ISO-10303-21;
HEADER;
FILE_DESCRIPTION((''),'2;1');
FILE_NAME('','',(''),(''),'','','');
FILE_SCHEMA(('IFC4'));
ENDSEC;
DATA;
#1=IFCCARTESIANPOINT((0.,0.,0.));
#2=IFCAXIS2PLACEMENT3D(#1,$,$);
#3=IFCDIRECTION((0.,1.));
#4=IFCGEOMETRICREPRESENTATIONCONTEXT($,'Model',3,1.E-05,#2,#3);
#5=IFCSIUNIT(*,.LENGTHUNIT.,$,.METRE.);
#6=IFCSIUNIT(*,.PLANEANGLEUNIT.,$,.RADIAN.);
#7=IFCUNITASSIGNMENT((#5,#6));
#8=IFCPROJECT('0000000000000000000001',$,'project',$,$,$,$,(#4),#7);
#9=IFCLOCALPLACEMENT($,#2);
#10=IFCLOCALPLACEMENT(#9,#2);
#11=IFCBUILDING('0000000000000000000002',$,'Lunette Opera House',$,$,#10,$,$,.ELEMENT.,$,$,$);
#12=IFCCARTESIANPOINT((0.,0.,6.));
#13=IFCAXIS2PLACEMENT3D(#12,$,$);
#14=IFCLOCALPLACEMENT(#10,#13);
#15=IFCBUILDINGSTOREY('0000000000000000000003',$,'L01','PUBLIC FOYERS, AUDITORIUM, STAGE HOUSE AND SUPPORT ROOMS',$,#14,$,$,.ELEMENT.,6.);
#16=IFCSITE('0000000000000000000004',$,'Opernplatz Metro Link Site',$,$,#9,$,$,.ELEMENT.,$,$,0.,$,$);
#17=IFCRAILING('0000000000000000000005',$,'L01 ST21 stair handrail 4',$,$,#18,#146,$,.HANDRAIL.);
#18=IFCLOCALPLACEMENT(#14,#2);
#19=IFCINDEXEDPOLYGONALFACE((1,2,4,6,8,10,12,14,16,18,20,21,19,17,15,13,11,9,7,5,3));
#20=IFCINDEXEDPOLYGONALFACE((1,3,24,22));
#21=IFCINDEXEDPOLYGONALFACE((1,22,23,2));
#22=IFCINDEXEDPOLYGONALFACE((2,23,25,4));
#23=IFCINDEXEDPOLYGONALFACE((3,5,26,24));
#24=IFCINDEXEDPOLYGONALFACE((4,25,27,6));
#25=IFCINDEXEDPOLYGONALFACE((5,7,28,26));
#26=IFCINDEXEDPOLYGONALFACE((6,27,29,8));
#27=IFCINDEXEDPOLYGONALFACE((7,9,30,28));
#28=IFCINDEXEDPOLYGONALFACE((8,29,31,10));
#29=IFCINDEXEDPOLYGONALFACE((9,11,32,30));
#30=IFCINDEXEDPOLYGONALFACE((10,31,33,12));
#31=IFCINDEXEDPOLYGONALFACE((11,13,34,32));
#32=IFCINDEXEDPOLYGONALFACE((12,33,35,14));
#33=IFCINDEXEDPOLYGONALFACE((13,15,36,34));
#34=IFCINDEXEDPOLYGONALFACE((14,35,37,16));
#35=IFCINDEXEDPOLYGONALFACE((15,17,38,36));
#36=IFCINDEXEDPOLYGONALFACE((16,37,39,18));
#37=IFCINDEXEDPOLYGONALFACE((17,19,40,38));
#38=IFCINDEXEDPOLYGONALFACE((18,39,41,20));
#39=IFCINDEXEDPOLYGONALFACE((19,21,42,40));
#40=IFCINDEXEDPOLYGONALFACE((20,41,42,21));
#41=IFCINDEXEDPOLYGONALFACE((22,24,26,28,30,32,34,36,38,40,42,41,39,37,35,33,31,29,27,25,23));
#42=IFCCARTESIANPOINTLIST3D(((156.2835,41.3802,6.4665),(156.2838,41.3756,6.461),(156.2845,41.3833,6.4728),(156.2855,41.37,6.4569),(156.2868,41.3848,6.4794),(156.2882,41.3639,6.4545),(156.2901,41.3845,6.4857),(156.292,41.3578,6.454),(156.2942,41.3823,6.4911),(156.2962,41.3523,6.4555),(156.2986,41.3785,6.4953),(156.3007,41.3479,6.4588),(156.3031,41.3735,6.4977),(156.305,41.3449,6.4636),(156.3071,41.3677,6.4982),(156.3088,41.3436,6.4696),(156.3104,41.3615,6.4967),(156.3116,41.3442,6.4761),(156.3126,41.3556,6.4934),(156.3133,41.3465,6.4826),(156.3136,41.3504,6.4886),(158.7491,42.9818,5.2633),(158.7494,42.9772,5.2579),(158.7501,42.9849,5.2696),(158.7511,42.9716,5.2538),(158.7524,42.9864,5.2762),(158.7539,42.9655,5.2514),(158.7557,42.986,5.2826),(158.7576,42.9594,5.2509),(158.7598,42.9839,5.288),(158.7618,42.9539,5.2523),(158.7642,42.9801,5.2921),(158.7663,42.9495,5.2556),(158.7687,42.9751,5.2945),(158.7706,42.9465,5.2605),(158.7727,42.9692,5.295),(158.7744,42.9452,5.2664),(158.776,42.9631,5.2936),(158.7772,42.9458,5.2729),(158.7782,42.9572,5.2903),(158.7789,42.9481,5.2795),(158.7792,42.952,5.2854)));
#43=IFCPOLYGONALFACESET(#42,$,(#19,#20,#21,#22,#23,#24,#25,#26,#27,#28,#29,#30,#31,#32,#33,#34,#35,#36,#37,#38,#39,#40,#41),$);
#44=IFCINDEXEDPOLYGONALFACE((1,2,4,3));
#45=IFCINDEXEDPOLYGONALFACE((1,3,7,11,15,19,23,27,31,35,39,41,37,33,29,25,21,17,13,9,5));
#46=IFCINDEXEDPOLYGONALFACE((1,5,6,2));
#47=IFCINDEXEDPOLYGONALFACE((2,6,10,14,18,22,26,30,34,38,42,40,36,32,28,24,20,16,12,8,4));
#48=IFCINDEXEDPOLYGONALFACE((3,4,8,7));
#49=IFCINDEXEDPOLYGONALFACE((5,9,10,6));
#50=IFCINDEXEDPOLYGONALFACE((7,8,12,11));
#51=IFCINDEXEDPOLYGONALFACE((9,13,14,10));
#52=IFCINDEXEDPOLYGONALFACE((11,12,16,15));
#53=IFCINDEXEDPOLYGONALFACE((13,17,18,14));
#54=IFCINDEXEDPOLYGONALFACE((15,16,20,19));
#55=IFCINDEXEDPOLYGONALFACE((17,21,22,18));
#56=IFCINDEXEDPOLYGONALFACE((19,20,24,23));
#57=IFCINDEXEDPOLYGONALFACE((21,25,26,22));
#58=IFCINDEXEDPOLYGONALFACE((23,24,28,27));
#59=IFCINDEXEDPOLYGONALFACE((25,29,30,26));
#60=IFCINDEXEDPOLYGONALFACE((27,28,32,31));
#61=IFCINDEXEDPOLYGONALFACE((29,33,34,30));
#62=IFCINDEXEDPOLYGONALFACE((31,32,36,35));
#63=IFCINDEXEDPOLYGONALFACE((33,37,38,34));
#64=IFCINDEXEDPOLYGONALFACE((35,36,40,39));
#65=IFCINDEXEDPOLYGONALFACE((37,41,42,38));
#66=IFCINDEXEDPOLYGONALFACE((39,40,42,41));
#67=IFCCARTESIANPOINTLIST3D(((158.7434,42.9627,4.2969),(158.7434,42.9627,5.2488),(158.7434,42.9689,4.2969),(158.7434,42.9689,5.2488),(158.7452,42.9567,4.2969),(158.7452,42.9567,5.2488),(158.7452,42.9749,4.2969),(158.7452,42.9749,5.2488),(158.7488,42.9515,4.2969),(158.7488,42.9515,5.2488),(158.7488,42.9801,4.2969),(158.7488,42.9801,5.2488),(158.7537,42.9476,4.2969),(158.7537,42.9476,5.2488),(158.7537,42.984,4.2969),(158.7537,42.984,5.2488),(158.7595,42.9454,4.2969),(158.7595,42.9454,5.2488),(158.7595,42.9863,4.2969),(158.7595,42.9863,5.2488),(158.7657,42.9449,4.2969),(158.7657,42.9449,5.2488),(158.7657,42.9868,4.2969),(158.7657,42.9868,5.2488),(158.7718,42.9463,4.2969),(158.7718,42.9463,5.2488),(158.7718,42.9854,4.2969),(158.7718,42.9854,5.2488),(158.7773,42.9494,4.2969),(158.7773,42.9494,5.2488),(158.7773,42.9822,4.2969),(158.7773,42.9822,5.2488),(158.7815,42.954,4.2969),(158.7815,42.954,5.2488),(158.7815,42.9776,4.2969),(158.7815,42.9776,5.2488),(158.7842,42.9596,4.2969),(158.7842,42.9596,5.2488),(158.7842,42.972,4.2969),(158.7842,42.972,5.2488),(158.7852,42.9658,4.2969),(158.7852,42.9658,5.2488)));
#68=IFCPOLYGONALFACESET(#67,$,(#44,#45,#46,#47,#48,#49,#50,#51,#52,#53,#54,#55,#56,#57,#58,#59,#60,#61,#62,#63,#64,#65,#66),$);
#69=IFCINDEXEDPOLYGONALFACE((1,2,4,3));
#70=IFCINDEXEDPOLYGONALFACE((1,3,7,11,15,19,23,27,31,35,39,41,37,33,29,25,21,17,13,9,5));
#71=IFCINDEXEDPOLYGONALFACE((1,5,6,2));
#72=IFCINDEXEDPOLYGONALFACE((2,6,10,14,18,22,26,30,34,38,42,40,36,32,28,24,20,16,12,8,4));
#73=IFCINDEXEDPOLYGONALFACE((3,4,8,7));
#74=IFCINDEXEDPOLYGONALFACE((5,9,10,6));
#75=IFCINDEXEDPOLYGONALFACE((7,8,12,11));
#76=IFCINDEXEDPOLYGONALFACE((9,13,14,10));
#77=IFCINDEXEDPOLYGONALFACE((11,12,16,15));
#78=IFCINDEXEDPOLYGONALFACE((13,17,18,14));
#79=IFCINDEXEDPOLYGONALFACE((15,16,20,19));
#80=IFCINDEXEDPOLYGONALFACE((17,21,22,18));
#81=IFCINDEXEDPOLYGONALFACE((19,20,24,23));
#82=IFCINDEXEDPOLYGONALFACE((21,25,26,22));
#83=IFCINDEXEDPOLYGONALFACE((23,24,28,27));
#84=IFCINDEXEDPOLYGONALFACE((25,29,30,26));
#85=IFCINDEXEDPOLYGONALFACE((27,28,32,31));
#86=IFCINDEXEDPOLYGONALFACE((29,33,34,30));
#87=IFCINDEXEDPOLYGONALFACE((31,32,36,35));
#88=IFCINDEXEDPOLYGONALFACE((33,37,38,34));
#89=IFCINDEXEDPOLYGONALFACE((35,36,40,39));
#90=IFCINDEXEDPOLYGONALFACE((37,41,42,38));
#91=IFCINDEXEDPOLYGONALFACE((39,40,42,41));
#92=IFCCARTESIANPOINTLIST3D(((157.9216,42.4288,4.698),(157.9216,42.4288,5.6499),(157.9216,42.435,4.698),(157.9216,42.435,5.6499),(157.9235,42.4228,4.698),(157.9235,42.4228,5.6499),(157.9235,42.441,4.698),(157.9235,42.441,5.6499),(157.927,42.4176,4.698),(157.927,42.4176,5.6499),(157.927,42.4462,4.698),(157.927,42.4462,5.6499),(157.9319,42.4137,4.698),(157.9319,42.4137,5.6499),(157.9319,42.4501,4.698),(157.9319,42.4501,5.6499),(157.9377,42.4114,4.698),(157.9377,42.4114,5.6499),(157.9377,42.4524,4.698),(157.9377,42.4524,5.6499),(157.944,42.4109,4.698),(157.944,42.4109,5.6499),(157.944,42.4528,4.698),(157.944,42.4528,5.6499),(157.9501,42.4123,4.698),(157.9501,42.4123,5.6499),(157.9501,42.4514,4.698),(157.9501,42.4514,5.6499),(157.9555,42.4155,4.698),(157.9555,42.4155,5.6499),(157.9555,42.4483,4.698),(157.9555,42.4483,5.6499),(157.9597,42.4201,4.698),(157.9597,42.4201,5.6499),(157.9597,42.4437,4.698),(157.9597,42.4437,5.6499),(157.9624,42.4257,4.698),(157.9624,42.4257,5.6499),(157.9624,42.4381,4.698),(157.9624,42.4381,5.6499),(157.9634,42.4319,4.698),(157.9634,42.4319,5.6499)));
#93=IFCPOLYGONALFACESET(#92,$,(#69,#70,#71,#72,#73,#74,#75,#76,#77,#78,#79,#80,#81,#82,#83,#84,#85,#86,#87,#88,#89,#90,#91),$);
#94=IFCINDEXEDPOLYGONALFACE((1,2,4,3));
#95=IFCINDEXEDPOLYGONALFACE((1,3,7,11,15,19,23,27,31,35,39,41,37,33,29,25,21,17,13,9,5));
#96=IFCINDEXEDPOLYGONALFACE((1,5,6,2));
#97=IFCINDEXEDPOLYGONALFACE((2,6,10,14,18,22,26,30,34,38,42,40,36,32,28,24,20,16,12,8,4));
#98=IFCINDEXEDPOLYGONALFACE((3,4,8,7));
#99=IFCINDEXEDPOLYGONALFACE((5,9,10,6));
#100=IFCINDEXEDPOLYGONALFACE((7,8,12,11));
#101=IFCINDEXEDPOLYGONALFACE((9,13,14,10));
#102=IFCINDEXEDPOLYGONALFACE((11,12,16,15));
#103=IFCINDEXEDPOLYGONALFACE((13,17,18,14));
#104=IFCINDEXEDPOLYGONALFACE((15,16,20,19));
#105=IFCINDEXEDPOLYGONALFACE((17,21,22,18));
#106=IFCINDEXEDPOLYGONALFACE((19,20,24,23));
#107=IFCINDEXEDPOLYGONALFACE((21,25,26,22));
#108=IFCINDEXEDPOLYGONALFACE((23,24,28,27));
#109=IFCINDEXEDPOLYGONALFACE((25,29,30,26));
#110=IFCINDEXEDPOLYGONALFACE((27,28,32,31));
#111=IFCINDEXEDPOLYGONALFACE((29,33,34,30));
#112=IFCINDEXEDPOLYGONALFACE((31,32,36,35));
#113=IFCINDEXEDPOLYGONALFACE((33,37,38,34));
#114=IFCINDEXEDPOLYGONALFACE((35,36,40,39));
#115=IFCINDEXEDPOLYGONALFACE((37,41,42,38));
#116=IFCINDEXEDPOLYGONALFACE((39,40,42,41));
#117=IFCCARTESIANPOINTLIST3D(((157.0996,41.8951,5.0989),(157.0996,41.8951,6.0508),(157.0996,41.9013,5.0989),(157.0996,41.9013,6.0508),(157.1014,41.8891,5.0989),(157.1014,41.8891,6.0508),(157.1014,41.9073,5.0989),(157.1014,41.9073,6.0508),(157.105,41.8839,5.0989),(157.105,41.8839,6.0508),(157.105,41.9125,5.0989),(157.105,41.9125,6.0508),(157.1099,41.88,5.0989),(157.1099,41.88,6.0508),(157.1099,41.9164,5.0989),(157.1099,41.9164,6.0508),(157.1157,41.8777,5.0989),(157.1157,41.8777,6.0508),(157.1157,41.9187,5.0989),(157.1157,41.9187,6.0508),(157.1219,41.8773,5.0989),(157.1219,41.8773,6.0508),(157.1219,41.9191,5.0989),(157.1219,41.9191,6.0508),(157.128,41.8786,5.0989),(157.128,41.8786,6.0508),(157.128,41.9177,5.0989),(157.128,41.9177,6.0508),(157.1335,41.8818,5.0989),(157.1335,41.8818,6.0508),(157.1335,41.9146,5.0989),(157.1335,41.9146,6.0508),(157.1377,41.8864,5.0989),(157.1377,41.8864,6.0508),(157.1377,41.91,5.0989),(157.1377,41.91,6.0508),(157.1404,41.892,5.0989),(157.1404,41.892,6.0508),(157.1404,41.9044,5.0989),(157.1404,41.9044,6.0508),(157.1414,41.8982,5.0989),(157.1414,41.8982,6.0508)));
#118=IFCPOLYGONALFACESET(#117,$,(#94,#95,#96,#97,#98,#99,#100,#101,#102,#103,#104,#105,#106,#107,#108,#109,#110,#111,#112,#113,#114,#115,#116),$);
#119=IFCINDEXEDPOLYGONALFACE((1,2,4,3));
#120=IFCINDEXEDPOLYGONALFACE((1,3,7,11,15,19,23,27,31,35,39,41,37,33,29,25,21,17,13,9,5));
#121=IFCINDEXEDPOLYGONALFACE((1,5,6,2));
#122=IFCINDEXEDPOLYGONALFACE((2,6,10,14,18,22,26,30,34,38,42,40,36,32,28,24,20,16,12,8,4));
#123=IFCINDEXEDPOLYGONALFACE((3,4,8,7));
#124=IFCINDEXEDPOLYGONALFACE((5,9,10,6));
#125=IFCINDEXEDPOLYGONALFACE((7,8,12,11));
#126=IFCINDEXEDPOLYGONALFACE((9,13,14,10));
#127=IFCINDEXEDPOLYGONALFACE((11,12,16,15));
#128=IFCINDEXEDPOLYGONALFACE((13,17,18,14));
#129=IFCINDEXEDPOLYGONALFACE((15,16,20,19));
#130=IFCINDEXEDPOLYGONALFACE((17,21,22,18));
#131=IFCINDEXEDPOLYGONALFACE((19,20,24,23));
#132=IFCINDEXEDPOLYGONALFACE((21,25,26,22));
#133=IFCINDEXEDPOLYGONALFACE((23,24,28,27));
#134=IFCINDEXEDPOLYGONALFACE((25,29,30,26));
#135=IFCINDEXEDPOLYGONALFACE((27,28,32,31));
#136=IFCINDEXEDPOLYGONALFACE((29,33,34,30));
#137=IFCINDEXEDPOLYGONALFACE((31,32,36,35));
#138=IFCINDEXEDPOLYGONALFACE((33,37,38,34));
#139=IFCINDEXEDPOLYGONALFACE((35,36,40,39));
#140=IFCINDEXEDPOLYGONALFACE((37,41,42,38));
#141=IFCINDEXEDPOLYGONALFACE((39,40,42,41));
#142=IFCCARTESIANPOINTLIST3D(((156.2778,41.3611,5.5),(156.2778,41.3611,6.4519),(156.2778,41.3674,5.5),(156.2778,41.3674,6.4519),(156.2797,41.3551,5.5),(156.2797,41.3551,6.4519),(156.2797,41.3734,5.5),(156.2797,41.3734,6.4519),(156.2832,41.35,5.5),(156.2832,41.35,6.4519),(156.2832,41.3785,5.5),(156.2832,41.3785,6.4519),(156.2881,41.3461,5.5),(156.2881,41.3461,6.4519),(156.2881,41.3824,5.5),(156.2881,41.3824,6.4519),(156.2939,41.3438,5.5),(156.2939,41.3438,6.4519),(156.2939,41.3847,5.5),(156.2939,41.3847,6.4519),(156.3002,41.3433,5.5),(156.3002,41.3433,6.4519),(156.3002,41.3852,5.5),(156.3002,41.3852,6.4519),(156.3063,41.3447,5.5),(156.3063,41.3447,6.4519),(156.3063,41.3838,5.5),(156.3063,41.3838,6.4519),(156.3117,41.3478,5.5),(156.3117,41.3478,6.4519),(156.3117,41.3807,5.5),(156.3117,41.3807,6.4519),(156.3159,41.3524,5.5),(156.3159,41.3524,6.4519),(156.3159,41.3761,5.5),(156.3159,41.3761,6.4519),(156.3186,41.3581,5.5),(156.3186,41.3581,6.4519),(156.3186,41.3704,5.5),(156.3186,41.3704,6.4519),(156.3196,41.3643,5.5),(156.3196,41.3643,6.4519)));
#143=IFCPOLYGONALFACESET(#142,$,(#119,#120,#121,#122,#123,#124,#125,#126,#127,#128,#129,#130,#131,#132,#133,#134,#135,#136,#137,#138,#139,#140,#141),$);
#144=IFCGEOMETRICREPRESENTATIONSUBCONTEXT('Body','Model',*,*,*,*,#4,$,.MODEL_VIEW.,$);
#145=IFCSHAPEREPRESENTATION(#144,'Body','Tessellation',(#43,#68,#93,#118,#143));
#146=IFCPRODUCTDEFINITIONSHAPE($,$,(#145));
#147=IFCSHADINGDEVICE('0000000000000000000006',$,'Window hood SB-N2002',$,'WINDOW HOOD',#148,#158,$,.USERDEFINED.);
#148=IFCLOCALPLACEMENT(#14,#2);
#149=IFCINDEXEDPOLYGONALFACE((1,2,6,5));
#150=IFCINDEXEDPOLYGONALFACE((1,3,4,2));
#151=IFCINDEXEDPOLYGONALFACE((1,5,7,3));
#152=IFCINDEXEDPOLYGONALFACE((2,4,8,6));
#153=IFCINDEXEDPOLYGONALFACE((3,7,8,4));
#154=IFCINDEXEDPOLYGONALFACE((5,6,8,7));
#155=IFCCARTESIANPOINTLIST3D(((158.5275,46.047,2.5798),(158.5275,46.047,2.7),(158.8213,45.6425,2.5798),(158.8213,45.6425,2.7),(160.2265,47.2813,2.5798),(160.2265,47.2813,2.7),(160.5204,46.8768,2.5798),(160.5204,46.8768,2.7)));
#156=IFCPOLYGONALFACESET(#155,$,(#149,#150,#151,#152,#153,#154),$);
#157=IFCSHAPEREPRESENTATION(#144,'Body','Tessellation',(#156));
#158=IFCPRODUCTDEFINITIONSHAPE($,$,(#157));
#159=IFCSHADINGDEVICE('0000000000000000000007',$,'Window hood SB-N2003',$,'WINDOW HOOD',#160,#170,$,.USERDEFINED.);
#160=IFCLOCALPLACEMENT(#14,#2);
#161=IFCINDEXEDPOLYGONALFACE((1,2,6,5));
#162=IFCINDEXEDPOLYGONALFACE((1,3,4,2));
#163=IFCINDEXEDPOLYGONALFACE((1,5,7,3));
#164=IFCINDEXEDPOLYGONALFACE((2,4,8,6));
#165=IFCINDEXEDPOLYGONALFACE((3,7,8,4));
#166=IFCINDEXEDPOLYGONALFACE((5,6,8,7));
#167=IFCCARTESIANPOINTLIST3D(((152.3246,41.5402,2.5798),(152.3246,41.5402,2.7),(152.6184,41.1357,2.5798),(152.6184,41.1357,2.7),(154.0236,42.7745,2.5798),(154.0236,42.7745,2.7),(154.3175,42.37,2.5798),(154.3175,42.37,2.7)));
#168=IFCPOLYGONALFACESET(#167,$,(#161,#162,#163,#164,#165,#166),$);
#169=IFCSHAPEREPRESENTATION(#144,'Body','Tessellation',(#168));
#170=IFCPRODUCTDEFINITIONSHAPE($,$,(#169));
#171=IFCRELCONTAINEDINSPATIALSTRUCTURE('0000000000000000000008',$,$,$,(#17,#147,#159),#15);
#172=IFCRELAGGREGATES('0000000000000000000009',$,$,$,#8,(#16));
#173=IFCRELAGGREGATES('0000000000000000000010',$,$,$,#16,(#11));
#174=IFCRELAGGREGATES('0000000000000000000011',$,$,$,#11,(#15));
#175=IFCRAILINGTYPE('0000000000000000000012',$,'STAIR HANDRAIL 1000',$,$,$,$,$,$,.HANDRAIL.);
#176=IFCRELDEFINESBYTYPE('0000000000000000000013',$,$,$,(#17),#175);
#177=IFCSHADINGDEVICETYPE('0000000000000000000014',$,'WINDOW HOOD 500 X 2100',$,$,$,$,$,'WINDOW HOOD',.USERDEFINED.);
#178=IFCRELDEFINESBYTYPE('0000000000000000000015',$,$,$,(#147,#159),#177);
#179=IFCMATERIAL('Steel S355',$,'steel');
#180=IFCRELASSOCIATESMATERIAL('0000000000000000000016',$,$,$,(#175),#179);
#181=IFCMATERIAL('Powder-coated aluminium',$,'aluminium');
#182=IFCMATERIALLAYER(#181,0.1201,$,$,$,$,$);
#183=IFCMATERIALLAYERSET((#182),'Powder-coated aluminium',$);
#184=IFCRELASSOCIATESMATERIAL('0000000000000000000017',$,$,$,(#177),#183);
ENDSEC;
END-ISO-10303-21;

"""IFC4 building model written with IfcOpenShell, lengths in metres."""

from ifc_helpers import new_model, si_unit, direction, frame, origin, origin_2d, place, context, subcontext, project, spatial, rectangle, circle, extrude, material, layer, layer_set, type_object, element, save


model = new_model("IFC4")

# Units and contexts
model_context = context("Model", 3, precision=1e-05, world=origin(), true_north=direction((0.0, 1.0)))
body_context = subcontext(model_context, "Body", "Model", "MODEL_VIEW")
ifc_project = project(units=[si_unit("LENGTHUNIT", "METRE"), si_unit("PLANEANGLEUNIT", "RADIAN")], contexts=[model_context])

# Site, building, storey
site_placement = place(None, origin())
site = spatial("IfcSite", under=ifc_project, at=site_placement, Name="Opernplatz Metro Link Site", CompositionType="ELEMENT", RefElevation=0.0)
building_placement = place(site_placement, origin())
building = spatial("IfcBuilding", under=site, at=building_placement, Name="Lunette Opera House", CompositionType="ELEMENT")
storey_placement = place(building_placement, frame((0.0, 0.0, 6.0)))
storey = spatial("IfcBuildingStorey", under=building, at=storey_placement, Name="L01", Description="PUBLIC FOYERS, AUDITORIUM, STAGE HOUSE AND SUPPORT ROOMS", CompositionType="ELEMENT", Elevation=6.0)

# Railing
ifc_material_1 = material(Name="Steel S355", Category="steel")
railing_type_1 = type_object("IfcRailingType", Name="STAIR HANDRAIL 1000", PredefinedType="HANDRAIL", material=ifc_material_1)
railing_1_placement = place(storey_placement, frame((158.7642, 42.9658, 4.2969)))
element("IfcRailing", 1, at=railing_1_placement, inside=storey, type_object=railing_type_1, Name="L01 ST21 stair handrail 4", PredefinedType="HANDRAIL", context=body_context, shape_type="SweptSolid", body=[
    extrude(circle(Radius=0.0239, at=origin_2d()), frame((0.0, 0.0, 0.9761), z_axis=(-0.776138, -0.504155, 0.378731), x_axis=(0.544734, -0.838609, 0.0)), (0.0, 0.0, 1.0), 3.1768),
    extrude(circle(Radius=0.021, at=origin_2d()), origin(), (0.0, 0.0, 1.0), 0.9519),
    extrude(circle(Radius=0.021, at=origin_2d()), frame((-0.8218, -0.5339, 0.4011)), (0.0, 0.0, 1.0), 0.9519),
    extrude(circle(Radius=0.021, at=origin_2d()), frame((-1.6438, -1.0676, 0.802)), (0.0, 0.0, 1.0), 0.9519),
    extrude(circle(Radius=0.021, at=origin_2d()), frame((-2.4656, -1.6016, 1.2031)), (0.0, 0.0, 1.0), 0.9519),
])

# Shading devices
ifc_material_2 = material(Name="Powder-coated aluminium", Category="aluminium")
ifc_layer_1 = layer(ifc_material_2, 0.1201)
ifc_layer_set_1 = layer_set([ifc_layer_1], Name="Powder-coated aluminium")
shading_device_type = type_object("IfcShadingDeviceType", Name="WINDOW HOOD 500 X 2100", ElementType="WINDOW HOOD", PredefinedType="USERDEFINED", material=ifc_layer_set_1)
for number, where, z_axis, x_axis, name in (
    (2, (159.5239, 46.4619, 2.5798), (0.0, 0.0, 1.0), (-0.587747, 0.809045, 0.0), "Window hood SB-N2002"),
    (3, (153.321, 41.9551, 2.5798), (0.0, 0.0, 1.0), (-0.587744, 0.809047, 0.0), "Window hood SB-N2003"),
):
    element("IfcShadingDevice", number, at=place(storey_placement, frame(where, z_axis=z_axis, x_axis=x_axis)), inside=storey, type_object=shading_device_type, Name=name, ObjectType="WINDOW HOOD", PredefinedType="USERDEFINED", context=body_context, shape_type="SweptSolid", body=[
        extrude(rectangle(XDim=0.5, YDim=2.1001, at=origin_2d()), origin(), (0.0, 0.0, 1.0), 0.1201),
    ])

save(model, "model.ifc")
